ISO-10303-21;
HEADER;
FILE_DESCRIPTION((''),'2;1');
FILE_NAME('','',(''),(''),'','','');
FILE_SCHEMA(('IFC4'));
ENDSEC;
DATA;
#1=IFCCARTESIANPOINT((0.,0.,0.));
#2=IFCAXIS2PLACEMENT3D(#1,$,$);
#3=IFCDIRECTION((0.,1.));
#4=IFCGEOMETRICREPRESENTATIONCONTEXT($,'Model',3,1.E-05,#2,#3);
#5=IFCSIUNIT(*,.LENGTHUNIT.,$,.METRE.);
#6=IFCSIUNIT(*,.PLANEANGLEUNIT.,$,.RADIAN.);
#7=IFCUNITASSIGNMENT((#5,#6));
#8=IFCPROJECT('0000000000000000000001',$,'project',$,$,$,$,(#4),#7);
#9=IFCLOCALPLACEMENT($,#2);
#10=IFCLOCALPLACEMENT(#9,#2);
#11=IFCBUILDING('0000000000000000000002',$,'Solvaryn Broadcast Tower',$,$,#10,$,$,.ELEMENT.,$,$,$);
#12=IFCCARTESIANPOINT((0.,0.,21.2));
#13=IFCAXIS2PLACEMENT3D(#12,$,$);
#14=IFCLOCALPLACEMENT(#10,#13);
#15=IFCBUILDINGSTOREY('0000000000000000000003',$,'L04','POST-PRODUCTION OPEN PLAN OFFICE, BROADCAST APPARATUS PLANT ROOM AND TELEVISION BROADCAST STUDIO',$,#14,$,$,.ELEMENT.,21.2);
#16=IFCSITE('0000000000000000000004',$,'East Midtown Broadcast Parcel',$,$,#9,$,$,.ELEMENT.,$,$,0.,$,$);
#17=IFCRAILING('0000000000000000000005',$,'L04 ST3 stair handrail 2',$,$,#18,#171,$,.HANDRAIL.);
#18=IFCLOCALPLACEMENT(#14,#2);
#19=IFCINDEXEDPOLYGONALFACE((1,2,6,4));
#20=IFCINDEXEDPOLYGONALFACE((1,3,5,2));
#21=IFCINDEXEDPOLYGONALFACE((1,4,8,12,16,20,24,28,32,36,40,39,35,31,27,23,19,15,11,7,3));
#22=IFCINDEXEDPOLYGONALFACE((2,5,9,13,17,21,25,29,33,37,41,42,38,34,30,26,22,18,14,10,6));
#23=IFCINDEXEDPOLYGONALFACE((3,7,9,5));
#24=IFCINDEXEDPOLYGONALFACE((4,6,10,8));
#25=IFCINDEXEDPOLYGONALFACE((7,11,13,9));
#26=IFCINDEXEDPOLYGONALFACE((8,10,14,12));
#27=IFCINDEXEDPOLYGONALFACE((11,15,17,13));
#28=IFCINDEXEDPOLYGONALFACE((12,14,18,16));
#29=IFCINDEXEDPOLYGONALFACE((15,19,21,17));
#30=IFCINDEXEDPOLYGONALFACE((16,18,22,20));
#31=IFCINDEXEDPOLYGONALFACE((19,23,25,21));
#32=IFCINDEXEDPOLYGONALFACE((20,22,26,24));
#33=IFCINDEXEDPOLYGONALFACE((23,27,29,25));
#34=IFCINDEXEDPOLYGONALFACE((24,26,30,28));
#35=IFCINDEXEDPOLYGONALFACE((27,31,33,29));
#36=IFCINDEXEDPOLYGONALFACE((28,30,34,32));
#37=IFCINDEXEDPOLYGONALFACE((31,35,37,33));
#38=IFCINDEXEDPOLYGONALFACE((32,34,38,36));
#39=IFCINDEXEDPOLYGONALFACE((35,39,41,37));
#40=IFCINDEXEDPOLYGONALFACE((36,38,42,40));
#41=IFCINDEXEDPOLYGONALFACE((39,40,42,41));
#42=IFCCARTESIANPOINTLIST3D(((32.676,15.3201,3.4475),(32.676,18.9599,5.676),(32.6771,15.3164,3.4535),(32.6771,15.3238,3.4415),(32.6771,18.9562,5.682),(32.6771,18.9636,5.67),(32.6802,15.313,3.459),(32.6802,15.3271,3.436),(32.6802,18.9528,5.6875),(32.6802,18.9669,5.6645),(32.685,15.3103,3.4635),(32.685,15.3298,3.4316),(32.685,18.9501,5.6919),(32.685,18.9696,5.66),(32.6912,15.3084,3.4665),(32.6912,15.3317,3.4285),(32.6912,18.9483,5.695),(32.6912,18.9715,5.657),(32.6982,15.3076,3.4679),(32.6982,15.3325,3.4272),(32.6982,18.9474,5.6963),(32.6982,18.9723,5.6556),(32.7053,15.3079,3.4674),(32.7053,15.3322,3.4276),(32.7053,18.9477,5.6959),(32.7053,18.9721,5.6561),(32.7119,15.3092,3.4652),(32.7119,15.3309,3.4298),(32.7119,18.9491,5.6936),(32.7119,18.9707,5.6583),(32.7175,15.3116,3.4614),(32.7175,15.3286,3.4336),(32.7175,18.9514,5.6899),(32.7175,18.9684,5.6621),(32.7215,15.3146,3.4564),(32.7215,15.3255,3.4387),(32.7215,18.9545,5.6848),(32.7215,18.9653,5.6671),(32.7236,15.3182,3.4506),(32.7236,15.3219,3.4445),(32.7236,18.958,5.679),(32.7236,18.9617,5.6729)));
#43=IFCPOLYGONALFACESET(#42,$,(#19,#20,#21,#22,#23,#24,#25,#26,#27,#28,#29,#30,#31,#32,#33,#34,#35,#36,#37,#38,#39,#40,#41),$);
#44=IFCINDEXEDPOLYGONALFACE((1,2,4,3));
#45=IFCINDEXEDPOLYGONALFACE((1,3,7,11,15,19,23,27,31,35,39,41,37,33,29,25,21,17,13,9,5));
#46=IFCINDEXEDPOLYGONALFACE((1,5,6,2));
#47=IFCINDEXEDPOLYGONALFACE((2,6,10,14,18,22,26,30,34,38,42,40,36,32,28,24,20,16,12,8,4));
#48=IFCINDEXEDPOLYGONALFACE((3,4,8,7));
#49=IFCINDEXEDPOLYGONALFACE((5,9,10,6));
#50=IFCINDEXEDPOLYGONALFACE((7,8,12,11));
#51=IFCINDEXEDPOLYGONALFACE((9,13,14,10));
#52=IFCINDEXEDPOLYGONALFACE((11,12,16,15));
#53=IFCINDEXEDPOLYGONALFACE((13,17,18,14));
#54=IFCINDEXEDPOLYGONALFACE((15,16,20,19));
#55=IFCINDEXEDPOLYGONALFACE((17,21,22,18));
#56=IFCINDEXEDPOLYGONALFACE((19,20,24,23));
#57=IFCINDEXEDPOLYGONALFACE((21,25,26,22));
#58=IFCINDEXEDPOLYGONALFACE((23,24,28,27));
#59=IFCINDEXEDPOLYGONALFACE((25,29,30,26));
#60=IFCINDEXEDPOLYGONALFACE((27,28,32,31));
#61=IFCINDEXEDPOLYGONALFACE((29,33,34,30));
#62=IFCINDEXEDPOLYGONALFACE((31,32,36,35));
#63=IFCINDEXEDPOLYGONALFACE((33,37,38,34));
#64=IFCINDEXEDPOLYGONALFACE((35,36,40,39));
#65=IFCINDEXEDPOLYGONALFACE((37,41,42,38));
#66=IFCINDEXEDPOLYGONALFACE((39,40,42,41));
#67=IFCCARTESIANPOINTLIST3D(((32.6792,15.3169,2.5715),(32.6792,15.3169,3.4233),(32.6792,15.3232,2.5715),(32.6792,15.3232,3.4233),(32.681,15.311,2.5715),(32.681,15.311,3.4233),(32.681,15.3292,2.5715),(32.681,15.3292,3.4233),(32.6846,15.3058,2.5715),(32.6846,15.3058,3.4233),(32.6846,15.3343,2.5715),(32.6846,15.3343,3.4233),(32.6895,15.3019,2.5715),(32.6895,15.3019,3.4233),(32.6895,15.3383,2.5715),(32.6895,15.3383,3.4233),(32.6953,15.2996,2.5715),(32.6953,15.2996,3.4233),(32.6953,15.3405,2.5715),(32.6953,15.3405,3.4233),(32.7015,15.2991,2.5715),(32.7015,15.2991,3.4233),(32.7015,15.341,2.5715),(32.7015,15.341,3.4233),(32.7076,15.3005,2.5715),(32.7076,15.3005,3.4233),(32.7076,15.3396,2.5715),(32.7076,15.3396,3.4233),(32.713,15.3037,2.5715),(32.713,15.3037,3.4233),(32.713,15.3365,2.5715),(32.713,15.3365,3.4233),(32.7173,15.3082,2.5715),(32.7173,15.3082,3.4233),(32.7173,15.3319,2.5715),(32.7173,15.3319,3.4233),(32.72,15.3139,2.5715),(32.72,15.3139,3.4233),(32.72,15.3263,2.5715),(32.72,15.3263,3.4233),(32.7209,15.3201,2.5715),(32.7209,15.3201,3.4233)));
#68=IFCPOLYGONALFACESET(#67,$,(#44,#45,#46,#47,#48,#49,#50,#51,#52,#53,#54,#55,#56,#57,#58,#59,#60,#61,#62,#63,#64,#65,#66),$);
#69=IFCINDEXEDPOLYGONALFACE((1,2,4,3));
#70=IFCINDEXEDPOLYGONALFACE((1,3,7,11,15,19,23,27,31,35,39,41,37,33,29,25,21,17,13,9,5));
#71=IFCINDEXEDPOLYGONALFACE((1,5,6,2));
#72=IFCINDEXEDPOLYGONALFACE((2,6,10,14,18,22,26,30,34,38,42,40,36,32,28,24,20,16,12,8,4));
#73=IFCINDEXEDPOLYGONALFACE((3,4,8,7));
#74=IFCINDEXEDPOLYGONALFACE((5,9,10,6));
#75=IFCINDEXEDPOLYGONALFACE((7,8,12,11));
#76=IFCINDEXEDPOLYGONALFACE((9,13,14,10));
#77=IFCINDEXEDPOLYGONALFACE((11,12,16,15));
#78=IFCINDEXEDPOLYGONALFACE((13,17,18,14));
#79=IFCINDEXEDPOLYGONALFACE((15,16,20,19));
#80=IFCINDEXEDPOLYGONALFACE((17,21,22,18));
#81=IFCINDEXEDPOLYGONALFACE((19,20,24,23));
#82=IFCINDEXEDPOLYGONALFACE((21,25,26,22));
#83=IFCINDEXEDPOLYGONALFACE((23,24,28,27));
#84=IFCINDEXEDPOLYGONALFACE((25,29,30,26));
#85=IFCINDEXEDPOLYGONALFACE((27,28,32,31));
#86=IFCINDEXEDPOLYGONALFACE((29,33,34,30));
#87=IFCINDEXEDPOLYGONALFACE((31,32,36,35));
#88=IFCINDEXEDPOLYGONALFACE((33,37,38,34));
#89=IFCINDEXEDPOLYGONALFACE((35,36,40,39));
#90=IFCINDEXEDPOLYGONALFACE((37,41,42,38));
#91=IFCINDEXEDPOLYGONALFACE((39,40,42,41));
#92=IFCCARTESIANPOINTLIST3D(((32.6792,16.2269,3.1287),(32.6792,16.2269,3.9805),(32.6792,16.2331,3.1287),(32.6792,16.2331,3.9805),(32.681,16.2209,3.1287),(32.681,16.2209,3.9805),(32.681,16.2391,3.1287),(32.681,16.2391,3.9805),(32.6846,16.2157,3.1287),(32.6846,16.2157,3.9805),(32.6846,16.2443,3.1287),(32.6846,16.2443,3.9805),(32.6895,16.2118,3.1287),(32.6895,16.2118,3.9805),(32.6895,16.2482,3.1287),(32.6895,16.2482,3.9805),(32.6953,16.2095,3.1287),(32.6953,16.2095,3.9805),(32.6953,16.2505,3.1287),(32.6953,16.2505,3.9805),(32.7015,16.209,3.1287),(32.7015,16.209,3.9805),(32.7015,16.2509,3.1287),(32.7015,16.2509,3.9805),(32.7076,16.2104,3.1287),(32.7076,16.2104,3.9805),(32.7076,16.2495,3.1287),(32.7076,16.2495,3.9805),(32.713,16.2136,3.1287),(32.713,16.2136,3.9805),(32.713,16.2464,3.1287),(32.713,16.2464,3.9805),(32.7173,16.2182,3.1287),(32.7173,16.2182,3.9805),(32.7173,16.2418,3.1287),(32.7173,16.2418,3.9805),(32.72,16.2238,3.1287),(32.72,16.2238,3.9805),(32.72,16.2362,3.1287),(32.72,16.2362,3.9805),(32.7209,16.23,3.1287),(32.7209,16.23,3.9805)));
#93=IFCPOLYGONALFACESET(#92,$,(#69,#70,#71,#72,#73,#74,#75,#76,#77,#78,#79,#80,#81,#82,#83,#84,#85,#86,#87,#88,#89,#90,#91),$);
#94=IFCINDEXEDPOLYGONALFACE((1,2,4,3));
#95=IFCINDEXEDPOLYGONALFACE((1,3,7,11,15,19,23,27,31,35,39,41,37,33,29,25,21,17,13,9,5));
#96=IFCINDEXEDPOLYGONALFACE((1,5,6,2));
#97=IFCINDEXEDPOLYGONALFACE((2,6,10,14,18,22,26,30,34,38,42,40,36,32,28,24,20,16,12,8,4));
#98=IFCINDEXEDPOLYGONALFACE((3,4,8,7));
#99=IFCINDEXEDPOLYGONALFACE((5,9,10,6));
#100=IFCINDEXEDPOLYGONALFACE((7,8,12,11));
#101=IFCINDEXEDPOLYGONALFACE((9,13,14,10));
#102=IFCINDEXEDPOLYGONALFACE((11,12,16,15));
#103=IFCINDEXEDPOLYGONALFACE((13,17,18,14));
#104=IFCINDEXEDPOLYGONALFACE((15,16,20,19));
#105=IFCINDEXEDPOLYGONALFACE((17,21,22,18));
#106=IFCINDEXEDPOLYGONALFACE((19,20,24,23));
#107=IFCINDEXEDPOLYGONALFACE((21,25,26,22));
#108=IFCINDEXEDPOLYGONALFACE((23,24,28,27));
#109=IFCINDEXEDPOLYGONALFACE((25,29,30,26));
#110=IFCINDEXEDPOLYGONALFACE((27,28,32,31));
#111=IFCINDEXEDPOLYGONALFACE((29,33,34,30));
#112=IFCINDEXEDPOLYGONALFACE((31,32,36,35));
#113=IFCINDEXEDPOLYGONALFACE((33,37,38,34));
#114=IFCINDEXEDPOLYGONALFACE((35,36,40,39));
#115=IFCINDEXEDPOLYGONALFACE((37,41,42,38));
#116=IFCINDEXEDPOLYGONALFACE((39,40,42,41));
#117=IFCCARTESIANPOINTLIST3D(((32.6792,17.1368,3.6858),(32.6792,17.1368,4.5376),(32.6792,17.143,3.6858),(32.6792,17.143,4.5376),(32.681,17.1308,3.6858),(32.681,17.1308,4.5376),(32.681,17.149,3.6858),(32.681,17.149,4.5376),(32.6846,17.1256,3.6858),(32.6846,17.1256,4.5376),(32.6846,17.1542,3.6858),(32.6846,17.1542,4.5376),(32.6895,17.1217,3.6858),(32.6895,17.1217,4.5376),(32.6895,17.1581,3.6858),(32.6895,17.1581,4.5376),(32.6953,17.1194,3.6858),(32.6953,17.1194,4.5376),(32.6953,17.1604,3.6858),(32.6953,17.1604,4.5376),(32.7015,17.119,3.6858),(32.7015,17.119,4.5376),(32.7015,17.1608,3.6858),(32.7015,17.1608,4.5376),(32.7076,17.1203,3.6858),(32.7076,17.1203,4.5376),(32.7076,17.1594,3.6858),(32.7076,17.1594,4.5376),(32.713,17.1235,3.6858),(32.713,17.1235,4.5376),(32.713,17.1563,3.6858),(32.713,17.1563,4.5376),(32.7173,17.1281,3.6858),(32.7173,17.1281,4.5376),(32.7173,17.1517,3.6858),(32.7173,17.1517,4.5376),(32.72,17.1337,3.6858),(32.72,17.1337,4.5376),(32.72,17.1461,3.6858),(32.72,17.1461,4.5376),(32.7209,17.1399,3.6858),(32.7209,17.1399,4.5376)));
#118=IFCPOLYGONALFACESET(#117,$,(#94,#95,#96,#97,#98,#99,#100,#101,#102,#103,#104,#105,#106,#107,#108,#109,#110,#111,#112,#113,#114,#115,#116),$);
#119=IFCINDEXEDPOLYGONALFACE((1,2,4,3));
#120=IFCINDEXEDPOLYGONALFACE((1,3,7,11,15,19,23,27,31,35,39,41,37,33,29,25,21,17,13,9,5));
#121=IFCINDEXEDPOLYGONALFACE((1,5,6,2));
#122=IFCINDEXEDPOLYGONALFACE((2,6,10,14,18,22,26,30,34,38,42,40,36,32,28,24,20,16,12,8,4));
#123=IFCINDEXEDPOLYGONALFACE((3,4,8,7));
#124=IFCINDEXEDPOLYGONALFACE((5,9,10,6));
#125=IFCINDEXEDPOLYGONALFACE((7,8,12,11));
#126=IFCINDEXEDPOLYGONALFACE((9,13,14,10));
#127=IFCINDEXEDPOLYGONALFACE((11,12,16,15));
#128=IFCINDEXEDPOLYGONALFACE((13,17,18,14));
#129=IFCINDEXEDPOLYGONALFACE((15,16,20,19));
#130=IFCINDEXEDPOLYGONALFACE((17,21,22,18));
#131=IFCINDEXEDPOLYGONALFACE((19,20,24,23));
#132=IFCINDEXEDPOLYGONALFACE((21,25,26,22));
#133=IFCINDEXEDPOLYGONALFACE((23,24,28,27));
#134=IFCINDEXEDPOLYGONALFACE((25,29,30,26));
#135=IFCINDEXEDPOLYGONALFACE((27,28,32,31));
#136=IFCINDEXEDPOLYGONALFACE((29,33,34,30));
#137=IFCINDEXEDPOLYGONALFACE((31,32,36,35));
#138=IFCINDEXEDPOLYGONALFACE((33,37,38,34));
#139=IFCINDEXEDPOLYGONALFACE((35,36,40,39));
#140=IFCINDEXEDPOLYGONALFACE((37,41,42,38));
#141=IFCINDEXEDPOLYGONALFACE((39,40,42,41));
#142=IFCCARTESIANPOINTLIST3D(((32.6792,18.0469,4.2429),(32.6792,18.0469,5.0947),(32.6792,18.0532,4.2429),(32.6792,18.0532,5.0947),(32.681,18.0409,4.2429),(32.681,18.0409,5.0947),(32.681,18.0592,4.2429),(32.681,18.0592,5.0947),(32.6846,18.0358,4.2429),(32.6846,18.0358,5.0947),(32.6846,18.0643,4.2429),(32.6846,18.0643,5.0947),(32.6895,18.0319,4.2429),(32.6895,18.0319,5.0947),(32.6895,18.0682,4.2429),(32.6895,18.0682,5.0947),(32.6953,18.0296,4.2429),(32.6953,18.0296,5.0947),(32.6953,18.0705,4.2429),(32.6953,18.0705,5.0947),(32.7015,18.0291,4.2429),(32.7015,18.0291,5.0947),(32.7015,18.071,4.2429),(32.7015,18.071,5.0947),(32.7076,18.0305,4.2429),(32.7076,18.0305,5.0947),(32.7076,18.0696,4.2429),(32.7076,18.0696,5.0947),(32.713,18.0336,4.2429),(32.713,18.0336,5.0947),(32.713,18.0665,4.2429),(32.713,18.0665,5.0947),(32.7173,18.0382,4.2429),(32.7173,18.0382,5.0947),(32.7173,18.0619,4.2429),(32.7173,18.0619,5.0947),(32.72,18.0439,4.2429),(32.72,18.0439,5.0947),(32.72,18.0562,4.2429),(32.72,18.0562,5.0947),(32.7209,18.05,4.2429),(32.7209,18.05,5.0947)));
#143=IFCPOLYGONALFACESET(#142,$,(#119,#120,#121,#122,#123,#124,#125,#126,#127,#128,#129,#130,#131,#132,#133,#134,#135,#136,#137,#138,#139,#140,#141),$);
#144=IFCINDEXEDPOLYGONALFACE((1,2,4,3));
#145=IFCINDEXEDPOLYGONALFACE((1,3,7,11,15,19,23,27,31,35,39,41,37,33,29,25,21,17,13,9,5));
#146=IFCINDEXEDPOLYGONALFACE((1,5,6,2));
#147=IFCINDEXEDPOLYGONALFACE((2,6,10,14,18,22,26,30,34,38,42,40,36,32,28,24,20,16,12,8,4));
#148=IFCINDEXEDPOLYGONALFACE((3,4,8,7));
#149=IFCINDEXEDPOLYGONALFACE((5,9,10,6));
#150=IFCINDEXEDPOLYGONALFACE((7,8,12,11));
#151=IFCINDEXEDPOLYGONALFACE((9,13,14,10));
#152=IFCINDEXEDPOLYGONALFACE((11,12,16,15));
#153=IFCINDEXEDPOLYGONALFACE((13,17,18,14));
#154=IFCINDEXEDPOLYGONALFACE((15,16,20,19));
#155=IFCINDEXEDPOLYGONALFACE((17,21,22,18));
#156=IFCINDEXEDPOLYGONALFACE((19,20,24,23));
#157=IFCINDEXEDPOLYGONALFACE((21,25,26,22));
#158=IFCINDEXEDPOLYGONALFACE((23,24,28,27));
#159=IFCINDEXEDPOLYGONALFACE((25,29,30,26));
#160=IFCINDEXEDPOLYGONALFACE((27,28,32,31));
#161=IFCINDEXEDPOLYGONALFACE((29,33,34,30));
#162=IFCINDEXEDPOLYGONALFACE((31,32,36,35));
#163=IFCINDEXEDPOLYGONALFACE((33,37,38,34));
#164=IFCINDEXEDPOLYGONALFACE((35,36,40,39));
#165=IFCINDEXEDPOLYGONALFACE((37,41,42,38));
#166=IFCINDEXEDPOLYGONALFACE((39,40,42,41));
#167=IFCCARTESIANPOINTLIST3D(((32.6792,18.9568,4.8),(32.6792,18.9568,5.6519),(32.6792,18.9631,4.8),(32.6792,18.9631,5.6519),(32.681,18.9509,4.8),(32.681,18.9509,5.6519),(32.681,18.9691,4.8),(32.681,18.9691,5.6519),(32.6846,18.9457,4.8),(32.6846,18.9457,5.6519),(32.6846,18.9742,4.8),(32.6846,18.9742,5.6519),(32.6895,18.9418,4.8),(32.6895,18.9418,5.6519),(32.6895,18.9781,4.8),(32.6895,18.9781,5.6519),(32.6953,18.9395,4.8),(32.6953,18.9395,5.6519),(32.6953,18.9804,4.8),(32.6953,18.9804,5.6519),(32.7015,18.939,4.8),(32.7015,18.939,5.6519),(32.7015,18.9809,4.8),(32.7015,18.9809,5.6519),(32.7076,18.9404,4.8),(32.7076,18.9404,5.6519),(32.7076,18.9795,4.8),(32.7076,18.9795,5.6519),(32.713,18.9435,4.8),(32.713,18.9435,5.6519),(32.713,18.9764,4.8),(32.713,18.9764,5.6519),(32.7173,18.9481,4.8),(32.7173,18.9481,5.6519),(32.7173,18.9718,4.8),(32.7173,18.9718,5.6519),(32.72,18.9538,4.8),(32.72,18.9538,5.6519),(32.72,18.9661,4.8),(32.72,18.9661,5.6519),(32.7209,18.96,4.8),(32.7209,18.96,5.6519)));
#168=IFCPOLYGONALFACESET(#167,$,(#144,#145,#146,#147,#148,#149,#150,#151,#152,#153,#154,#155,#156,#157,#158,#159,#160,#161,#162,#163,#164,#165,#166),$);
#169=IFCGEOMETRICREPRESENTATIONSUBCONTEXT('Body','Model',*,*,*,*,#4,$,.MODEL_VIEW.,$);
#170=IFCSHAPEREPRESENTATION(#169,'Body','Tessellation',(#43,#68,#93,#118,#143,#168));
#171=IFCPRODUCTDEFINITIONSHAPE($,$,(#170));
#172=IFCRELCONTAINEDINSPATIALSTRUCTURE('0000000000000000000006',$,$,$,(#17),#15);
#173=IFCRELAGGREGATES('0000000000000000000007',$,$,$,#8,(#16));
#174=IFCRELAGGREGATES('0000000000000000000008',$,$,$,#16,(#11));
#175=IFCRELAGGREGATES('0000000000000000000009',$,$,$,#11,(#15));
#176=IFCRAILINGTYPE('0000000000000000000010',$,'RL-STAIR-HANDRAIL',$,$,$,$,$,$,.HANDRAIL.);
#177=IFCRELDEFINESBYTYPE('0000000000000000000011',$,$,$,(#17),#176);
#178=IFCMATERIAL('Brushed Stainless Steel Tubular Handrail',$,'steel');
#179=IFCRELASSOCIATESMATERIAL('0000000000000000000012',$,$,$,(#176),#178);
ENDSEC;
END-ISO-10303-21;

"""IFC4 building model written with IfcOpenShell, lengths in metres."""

from ifc_helpers import new_model, si_unit, direction, frame, origin, origin_2d, place, context, subcontext, project, spatial, circle, extrude, material, type_object, element, save


model = new_model("IFC4")

# Units and contexts
model_context = context("Model", 3, precision=1e-05, world=origin(), true_north=direction((0.0, 1.0)))
body_context = subcontext(model_context, "Body", "Model", "MODEL_VIEW")
ifc_project = project(units=[si_unit("LENGTHUNIT", "METRE"), si_unit("PLANEANGLEUNIT", "RADIAN")], contexts=[model_context])

# Site, building, storey
site_placement = place(None, origin())
site = spatial("IfcSite", under=ifc_project, at=site_placement, Name="East Midtown Broadcast Parcel", CompositionType="ELEMENT", RefElevation=0.0)
building_placement = place(site_placement, origin())
building = spatial("IfcBuilding", under=site, at=building_placement, Name="Solvaryn Broadcast Tower", CompositionType="ELEMENT")
storey_placement = place(building_placement, frame((0.0, 0.0, 21.2)))
storey = spatial("IfcBuildingStorey", under=building, at=storey_placement, Name="L04", Description="POST-PRODUCTION OPEN PLAN OFFICE, BROADCAST APPARATUS PLANT ROOM AND TELEVISION BROADCAST STUDIO", CompositionType="ELEMENT", Elevation=21.2)

# Railing
ifc_material_1 = material(Name="Brushed Stainless Steel Tubular Handrail", Category="steel")
railing_type_1 = type_object("IfcRailingType", Name="RL-STAIR-HANDRAIL", PredefinedType="HANDRAIL", material=ifc_material_1)
railing_1_placement = place(storey_placement, frame((32.7, 15.3201, 2.5715)))
element("IfcRailing", 1, at=railing_1_placement, inside=storey, type_object=railing_type_1, Name="L04 ST3 stair handrail 2", PredefinedType="HANDRAIL", context=body_context, shape_type="SweptSolid", body=[
    extrude(circle(Radius=0.0239, at=origin_2d()), frame((0.0, 0.0, 0.876), z_axis=(0.0, 0.85285, 0.522156), x_axis=(-1.0, 0.0, 0.0)), (0.0, 0.0, 1.0), 4.2678),
    extrude(circle(Radius=0.021, at=origin_2d()), origin(), (0.0, 0.0, 1.0), 0.8518),
    extrude(circle(Radius=0.021, at=origin_2d()), frame((0.0, 0.9099, 0.5571)), (0.0, 0.0, 1.0), 0.8518),
    extrude(circle(Radius=0.021, at=origin_2d()), frame((0.0, 1.8198, 1.1143)), (0.0, 0.0, 1.0), 0.8518),
    extrude(circle(Radius=0.021, at=origin_2d()), frame((0.0, 2.73, 1.6714)), (0.0, 0.0, 1.0), 0.8518),
    extrude(circle(Radius=0.021, at=origin_2d()), frame((0.0, 3.6399, 2.2285)), (0.0, 0.0, 1.0), 0.8518),
])

save(model, "model.ifc")
